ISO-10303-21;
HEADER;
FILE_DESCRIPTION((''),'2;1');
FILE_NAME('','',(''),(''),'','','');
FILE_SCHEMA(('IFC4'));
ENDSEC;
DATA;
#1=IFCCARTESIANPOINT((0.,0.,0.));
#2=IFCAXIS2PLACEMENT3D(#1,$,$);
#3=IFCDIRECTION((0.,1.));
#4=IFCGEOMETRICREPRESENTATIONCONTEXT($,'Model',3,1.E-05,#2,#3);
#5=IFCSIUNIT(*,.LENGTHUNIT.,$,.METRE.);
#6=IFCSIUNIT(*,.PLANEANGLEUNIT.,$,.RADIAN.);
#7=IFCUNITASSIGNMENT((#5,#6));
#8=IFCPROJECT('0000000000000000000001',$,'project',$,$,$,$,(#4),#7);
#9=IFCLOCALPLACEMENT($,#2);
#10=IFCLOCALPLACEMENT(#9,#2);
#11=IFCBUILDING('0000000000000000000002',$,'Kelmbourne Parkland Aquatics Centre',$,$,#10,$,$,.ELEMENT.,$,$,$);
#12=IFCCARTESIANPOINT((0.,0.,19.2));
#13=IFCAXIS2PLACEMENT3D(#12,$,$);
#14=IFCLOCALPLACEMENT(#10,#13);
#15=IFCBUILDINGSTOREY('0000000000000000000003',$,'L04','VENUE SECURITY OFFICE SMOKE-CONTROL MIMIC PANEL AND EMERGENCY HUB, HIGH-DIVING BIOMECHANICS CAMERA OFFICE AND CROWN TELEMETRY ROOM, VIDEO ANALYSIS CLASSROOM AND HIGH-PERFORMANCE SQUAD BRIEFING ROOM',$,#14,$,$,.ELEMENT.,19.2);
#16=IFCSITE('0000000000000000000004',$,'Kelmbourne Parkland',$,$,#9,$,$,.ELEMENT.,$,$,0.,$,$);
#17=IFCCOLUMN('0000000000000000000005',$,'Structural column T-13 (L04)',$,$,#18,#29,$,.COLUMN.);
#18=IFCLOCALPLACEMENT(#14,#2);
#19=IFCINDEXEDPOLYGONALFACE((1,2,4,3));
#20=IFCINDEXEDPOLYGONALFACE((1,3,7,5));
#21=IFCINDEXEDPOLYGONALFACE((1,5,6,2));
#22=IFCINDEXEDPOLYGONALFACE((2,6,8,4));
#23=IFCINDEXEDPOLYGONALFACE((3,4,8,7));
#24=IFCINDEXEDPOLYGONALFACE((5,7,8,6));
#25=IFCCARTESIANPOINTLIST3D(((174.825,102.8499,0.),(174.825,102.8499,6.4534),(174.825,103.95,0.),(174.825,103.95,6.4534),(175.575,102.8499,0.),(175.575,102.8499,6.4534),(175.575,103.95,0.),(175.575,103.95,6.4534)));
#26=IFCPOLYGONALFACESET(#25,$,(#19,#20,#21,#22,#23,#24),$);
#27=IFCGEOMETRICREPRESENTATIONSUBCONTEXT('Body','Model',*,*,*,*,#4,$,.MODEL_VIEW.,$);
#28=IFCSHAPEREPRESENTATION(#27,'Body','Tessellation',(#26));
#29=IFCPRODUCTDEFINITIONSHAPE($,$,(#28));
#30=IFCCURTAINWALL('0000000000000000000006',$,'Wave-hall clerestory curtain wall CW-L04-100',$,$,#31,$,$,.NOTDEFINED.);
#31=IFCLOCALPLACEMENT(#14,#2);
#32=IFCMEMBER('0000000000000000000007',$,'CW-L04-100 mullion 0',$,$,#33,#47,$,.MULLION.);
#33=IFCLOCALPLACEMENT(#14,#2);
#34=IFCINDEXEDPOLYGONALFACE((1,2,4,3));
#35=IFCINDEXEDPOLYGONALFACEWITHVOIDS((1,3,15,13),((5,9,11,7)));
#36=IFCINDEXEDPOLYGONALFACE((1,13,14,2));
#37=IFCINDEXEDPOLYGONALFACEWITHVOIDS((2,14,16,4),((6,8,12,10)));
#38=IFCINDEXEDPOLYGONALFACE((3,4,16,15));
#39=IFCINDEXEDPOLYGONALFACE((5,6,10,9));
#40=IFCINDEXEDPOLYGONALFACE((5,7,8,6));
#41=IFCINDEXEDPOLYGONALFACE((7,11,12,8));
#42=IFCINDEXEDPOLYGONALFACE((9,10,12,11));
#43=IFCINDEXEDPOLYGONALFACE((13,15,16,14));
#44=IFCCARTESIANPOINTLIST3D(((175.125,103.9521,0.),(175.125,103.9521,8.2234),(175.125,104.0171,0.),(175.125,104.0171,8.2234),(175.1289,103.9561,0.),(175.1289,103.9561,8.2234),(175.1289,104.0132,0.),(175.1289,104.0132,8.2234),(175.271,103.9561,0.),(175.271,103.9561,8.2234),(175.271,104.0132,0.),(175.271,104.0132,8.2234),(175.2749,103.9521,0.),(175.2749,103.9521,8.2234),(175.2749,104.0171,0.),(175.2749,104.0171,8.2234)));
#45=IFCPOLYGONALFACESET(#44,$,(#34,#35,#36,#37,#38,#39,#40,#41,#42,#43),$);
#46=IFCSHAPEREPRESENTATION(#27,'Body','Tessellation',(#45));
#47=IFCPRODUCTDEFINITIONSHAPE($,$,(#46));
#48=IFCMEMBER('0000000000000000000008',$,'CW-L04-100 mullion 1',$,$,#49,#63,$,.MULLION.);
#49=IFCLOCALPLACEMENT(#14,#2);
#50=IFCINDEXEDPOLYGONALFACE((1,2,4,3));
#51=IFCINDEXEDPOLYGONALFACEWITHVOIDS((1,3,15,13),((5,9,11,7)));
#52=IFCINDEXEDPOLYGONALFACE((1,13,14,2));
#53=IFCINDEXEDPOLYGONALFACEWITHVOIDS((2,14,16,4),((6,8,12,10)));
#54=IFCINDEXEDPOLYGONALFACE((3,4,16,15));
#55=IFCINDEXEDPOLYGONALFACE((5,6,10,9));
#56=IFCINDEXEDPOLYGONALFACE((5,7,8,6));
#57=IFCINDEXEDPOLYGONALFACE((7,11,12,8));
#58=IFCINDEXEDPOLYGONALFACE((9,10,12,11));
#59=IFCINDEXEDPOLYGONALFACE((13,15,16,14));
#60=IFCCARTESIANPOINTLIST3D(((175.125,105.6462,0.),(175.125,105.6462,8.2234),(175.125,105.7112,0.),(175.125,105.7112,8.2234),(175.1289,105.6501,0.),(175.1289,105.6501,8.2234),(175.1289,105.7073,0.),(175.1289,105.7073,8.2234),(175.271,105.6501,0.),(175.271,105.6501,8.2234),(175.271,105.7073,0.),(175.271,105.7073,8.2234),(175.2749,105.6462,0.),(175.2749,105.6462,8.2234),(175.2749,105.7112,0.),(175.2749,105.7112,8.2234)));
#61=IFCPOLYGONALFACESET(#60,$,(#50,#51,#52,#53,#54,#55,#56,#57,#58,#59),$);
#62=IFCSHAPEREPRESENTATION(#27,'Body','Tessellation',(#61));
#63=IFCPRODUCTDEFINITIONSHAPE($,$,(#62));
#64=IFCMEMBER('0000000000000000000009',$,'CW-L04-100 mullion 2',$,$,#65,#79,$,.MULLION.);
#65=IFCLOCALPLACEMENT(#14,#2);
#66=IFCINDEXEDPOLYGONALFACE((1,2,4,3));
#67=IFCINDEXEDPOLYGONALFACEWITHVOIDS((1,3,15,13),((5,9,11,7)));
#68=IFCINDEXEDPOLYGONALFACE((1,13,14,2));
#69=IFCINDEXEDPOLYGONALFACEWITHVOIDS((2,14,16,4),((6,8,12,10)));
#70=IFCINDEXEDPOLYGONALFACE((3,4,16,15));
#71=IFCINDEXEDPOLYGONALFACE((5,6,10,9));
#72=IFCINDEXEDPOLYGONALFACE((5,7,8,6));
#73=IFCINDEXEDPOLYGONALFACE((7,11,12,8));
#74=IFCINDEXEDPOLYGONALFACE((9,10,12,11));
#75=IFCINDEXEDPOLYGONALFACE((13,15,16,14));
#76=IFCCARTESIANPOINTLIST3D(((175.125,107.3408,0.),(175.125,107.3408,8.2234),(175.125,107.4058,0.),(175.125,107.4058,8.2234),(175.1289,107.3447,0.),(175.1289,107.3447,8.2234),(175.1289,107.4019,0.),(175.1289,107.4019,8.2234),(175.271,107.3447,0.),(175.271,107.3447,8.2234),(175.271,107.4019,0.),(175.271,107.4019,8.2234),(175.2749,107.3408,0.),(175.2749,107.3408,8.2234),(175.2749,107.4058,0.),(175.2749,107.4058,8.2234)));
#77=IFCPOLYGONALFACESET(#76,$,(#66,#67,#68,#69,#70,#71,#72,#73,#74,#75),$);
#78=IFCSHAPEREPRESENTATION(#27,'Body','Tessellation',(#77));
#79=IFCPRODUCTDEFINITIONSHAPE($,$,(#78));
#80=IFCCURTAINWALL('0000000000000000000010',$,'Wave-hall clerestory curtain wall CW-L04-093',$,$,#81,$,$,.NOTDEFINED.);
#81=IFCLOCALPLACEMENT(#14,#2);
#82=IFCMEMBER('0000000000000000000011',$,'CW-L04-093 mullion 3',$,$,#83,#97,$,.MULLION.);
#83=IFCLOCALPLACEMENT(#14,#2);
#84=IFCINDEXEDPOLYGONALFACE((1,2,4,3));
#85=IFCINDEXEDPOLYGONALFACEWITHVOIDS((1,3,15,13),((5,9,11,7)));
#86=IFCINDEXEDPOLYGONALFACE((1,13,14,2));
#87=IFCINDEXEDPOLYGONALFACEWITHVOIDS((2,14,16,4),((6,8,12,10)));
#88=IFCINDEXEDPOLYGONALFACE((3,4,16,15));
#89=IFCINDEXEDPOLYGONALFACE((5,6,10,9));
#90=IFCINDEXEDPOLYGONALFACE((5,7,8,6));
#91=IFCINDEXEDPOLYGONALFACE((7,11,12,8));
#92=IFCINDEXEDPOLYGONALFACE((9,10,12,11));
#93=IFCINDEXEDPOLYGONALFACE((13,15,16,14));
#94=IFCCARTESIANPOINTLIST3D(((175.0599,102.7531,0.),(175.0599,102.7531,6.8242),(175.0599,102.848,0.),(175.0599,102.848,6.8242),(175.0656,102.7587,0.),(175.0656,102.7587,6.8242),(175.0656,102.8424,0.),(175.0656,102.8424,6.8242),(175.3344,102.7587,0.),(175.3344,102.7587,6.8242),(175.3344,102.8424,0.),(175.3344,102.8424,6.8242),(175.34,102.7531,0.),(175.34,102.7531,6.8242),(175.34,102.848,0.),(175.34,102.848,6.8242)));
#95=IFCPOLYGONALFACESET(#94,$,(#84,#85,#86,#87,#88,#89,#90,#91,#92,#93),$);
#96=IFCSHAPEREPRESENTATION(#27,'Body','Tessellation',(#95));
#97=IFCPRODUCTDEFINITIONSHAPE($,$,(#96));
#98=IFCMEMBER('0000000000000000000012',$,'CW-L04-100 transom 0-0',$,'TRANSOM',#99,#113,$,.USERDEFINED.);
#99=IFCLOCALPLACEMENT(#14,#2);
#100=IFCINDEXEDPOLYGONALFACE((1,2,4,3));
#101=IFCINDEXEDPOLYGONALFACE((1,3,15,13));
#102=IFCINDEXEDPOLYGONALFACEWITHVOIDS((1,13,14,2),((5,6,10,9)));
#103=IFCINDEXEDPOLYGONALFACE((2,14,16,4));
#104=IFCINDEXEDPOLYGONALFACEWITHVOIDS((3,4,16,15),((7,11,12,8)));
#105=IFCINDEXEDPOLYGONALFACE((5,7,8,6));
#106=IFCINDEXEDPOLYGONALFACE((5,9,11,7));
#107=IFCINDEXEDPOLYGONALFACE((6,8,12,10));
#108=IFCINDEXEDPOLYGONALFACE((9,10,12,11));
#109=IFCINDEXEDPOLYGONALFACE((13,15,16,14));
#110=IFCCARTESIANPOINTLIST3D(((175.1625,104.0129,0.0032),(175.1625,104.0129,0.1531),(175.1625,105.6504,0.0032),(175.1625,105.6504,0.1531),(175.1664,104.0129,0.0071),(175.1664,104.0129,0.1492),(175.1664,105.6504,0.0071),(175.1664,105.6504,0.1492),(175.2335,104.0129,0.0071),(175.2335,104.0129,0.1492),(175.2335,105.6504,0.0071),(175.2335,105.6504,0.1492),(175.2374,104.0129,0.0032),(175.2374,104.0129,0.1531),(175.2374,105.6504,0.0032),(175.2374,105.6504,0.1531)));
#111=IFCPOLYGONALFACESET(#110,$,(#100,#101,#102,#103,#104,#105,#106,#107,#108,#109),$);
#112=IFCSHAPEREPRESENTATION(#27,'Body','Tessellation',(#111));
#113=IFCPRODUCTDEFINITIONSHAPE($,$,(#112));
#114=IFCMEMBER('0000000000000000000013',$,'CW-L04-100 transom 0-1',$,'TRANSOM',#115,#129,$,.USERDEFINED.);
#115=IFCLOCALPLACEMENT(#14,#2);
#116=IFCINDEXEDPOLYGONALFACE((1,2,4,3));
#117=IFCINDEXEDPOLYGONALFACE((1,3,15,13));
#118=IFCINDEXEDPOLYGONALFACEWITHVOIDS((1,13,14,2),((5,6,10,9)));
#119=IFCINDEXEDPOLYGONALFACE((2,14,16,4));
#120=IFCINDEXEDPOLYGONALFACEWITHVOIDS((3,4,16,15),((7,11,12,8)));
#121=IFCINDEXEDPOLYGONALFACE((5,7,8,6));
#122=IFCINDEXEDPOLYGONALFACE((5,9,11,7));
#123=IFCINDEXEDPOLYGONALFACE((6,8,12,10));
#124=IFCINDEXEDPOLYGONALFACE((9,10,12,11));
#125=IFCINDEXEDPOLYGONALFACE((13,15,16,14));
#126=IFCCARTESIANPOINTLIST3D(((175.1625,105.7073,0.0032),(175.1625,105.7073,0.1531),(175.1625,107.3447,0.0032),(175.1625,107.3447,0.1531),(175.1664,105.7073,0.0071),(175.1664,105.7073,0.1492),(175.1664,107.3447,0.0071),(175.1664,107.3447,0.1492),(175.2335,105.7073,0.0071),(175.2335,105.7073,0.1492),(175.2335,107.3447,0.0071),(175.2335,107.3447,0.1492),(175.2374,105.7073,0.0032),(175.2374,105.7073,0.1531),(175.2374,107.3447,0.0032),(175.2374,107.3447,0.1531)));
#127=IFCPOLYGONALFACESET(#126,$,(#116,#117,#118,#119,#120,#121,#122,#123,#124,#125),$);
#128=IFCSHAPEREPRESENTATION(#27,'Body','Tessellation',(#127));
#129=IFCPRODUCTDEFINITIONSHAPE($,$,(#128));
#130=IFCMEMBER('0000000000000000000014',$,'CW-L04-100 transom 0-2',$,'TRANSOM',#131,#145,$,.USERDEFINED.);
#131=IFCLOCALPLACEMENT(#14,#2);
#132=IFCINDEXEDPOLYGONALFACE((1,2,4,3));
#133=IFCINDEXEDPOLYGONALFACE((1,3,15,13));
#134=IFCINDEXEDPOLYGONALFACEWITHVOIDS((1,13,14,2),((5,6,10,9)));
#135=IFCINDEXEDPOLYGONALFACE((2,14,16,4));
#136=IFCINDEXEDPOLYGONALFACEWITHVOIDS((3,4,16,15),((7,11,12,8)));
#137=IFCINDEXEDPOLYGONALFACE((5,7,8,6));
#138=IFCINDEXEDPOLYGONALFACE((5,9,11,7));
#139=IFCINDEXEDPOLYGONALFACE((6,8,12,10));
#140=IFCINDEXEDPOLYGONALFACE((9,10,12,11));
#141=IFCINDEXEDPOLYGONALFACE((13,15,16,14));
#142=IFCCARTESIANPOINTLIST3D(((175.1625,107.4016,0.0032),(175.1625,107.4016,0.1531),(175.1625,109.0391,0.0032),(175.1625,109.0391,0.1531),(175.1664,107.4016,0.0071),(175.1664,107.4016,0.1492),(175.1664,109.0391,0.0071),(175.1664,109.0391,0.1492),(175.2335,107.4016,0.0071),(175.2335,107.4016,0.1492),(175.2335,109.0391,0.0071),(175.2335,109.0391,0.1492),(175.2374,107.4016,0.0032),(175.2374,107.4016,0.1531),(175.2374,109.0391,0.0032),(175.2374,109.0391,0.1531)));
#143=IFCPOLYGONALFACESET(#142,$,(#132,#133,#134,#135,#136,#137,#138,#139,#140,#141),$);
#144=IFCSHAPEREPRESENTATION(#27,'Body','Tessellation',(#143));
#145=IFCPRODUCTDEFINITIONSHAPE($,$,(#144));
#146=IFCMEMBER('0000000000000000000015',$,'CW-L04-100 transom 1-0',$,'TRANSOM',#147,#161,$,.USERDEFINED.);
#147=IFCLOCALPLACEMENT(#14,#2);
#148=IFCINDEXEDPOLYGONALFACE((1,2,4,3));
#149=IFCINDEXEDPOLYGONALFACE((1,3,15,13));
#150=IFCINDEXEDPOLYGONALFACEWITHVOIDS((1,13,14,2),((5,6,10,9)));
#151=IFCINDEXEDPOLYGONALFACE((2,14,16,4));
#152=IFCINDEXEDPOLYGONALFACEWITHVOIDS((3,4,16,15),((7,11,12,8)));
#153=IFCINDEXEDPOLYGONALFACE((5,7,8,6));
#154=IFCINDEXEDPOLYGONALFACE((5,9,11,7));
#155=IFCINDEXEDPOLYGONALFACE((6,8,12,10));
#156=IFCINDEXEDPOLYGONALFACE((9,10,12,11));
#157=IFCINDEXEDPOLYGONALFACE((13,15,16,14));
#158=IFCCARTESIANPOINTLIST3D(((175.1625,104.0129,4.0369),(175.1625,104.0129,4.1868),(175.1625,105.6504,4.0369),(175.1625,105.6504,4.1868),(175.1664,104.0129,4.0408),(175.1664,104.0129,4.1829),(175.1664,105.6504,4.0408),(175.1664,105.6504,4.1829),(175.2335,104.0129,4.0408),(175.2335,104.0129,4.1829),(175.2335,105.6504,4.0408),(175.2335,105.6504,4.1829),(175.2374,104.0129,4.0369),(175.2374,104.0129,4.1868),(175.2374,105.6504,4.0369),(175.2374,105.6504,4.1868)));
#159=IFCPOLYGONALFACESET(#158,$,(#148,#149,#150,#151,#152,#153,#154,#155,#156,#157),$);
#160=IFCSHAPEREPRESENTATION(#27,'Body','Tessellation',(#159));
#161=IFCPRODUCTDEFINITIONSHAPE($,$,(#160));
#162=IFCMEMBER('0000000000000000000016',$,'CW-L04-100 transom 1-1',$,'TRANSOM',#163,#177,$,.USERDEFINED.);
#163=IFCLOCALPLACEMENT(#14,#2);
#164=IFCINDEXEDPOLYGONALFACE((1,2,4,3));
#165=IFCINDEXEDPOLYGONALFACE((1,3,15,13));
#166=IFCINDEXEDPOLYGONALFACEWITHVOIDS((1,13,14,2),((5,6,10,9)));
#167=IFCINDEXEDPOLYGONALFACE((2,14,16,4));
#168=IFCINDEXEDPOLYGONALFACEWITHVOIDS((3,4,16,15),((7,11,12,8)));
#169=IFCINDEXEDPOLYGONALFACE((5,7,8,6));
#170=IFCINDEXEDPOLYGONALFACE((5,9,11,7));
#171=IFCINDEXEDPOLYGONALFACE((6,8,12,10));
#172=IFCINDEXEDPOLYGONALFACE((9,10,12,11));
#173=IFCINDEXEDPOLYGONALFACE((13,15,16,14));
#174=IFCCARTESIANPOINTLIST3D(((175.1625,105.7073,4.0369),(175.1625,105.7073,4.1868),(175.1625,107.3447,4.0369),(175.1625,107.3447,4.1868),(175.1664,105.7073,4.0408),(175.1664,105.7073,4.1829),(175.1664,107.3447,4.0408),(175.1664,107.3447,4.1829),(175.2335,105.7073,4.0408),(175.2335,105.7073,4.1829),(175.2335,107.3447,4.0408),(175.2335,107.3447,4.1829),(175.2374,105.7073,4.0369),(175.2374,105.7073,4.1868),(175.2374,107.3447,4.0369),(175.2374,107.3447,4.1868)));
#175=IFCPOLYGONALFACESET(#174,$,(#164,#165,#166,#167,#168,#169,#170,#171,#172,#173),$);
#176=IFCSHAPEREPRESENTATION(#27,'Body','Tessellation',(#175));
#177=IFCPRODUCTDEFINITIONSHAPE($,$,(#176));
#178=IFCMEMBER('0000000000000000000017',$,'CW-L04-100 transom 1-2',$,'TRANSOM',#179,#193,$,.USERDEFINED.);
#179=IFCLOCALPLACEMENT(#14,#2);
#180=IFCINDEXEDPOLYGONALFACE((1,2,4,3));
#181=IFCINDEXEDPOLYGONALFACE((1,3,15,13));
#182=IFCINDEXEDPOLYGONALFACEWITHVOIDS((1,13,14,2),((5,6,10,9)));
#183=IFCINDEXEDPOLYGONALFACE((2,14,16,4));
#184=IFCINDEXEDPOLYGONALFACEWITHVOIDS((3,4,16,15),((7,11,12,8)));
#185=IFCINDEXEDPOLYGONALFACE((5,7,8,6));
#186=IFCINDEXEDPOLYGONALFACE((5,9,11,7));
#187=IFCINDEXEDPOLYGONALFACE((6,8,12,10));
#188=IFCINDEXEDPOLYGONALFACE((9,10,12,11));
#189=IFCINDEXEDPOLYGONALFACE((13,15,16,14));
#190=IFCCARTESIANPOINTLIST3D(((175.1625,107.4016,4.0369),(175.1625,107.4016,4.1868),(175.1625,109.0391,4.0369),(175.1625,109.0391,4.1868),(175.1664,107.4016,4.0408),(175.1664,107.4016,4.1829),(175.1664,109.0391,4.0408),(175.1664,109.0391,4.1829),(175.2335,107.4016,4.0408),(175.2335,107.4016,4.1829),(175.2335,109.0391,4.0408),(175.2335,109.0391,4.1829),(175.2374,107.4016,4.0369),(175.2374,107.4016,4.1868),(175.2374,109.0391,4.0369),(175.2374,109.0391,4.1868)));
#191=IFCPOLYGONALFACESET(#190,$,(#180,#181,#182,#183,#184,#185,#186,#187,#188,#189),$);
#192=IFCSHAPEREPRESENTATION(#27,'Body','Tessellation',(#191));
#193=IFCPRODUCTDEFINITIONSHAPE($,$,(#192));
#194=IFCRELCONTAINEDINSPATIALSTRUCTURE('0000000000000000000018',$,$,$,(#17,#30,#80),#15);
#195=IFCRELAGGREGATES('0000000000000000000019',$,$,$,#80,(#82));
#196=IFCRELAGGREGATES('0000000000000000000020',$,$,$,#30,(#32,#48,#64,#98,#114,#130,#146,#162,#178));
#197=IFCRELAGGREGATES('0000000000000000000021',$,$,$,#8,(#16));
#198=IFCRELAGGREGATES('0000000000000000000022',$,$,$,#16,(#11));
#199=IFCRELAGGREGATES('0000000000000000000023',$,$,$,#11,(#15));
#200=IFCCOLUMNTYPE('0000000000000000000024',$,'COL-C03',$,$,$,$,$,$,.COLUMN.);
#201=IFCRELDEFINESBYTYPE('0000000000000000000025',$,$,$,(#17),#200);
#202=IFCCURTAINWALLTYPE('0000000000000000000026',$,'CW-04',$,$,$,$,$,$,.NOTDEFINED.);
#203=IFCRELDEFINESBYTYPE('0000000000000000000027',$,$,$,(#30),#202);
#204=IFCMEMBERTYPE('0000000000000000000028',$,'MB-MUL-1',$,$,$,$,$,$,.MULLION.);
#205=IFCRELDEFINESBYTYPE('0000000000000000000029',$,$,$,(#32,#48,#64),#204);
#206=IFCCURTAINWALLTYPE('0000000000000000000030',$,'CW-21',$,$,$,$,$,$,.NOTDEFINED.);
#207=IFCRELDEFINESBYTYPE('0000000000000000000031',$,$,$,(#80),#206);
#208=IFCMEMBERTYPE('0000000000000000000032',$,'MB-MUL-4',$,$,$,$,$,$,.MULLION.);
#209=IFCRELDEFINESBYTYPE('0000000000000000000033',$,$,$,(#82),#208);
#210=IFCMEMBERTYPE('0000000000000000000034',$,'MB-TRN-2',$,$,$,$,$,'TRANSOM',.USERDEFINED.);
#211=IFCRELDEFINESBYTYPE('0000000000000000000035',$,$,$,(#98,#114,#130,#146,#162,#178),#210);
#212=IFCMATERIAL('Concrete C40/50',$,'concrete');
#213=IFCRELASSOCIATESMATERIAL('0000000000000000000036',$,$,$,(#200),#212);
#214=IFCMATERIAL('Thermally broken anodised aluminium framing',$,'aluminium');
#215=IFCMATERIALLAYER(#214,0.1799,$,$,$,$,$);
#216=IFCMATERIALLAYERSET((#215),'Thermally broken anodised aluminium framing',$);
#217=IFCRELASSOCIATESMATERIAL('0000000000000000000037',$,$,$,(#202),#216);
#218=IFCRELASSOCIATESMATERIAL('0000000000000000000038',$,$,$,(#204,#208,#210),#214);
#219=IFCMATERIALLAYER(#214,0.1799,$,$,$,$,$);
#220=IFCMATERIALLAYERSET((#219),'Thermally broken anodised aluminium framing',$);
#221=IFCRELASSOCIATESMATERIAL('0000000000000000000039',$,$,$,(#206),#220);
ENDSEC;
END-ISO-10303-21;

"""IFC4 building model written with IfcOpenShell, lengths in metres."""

from ifc_helpers import new_model, si_unit, direction, frame, origin, origin_2d, place, context, subcontext, project, spatial, rectangle, hollow_rectangle, extrude, material, layer, layer_set, material_profile, profile_set, type_object, element, aggregate, save


model = new_model("IFC4")

# Units and contexts
model_context = context("Model", 3, precision=1e-05, world=origin(), true_north=direction((0.0, 1.0)))
body_context = subcontext(model_context, "Body", "Model", "MODEL_VIEW")
ifc_project = project(units=[si_unit("LENGTHUNIT", "METRE"), si_unit("PLANEANGLEUNIT", "RADIAN")], contexts=[model_context])

# Site, building, storey
site_placement = place(None, origin())
site = spatial("IfcSite", under=ifc_project, at=site_placement, Name="Kelmbourne Parkland", CompositionType="ELEMENT", RefElevation=0.0)
building_placement = place(site_placement, origin())
building = spatial("IfcBuilding", under=site, at=building_placement, Name="Kelmbourne Parkland Aquatics Centre", CompositionType="ELEMENT")
storey_placement = place(building_placement, frame((0.0, 0.0, 19.2)))
storey = spatial("IfcBuildingStorey", under=building, at=storey_placement, Name="L04", Description="VENUE SECURITY OFFICE SMOKE-CONTROL MIMIC PANEL AND EMERGENCY HUB, HIGH-DIVING BIOMECHANICS CAMERA OFFICE AND CROWN TELEMETRY ROOM, VIDEO ANALYSIS CLASSROOM AND HIGH-PERFORMANCE SQUAD BRIEFING ROOM", CompositionType="ELEMENT", Elevation=19.2)

# Column
ifc_material_1 = material(Name="Concrete C40/50", Category="concrete")
ifc_material_profile_1 = material_profile(ifc_material_1, rectangle(XDim=0.75, YDim=1.1001, at=origin_2d()), Name="RC 750x1100")
ifc_profile_set_1 = profile_set([ifc_material_profile_1], Name="Concrete C40/50")
column_type = type_object("IfcColumnType", Name="COL-C03", PredefinedType="COLUMN", material=ifc_profile_set_1)
column_placement = place(storey_placement, frame((175.2, 103.3999, 0.0), z_axis=(0.0, 0.0, 1.0), x_axis=(1.0, 0.0, 0.0)))
element("IfcColumn", 1, at=column_placement, inside=storey, type_object=column_type, Name="Structural column T-13 (L04)", PredefinedType="COLUMN", context=body_context, shape_type="SweptSolid", body=[
    extrude(rectangle(XDim=0.75, YDim=1.1001, at=origin_2d()), origin(), (0.0, 0.0, 1.0), 6.4534),
])

# Curtain wall, members
ifc_material_2 = material(Name="Thermally broken anodised aluminium framing", Category="aluminium")
ifc_layer_1 = layer(ifc_material_2, 0.1799)
ifc_layer_set_1 = layer_set([ifc_layer_1], Name="Thermally broken anodised aluminium framing")
curtain_wall_type_1 = type_object("IfcCurtainWallType", Name="CW-04", PredefinedType="NOTDEFINED", material=ifc_layer_set_1)
curtain_wall_1_placement = place(storey_placement, origin())
curtain_wall_1 = element("IfcCurtainWall", 2, at=curtain_wall_1_placement, inside=storey, type_object=curtain_wall_type_1, Name="Wave-hall clerestory curtain wall CW-L04-100", PredefinedType="NOTDEFINED")
ifc_material_profile_2 = material_profile(ifc_material_2, hollow_rectangle(XDim=0.0649, YDim=0.1499, WallThickness=0.0039, at=origin_2d()), Name="CW-M 65x150")
ifc_profile_set_2 = profile_set([ifc_material_profile_2], Name="Thermally broken anodised aluminium framing")
member_type_1 = type_object("IfcMemberType", Name="MB-MUL-1", PredefinedType="MULLION", material=ifc_profile_set_2)
member_1_placement = place(storey_placement, frame((175.2, 103.9846, 0.0), z_axis=(0.0, 0.0, 1.0), x_axis=(0.0, 1.0, 0.0)))
member_1 = element("IfcMember", 3, at=member_1_placement, type_object=member_type_1, Name="CW-L04-100 mullion 0", PredefinedType="MULLION", context=body_context, shape_type="SweptSolid", body=[
    extrude(hollow_rectangle(XDim=0.0649, YDim=0.1499, WallThickness=0.0039, at=origin_2d()), origin(), (0.0, 0.0, 1.0), 8.2234),
])
member_2_placement = place(storey_placement, frame((175.2, 105.6787, 0.0), z_axis=(0.0, 0.0, 1.0), x_axis=(0.0, 1.0, 0.0)))
member_2 = element("IfcMember", 4, at=member_2_placement, type_object=member_type_1, Name="CW-L04-100 mullion 1", PredefinedType="MULLION", context=body_context, shape_type="SweptSolid", body=[
    extrude(hollow_rectangle(XDim=0.0649, YDim=0.1499, WallThickness=0.0039, at=origin_2d()), origin(), (0.0, 0.0, 1.0), 8.2234),
])
member_3_placement = place(storey_placement, frame((175.2, 107.3733, 0.0), z_axis=(0.0, 0.0, 1.0), x_axis=(0.0, 1.0, 0.0)))
member_3 = element("IfcMember", 5, at=member_3_placement, type_object=member_type_1, Name="CW-L04-100 mullion 2", PredefinedType="MULLION", context=body_context, shape_type="SweptSolid", body=[
    extrude(hollow_rectangle(XDim=0.0649, YDim=0.1499, WallThickness=0.0039, at=origin_2d()), origin(), (0.0, 0.0, 1.0), 8.2234),
])

# Curtain wall, member
ifc_layer_2 = layer(ifc_material_2, 0.1799)
ifc_layer_set_2 = layer_set([ifc_layer_2], Name="Thermally broken anodised aluminium framing")
curtain_wall_type_2 = type_object("IfcCurtainWallType", Name="CW-21", PredefinedType="NOTDEFINED", material=ifc_layer_set_2)
curtain_wall_2_placement = place(storey_placement, origin())
curtain_wall_2 = element("IfcCurtainWall", 6, at=curtain_wall_2_placement, inside=storey, type_object=curtain_wall_type_2, Name="Wave-hall clerestory curtain wall CW-L04-093", PredefinedType="NOTDEFINED")
ifc_material_profile_3 = material_profile(ifc_material_2, hollow_rectangle(XDim=0.095, YDim=0.28, WallThickness=0.0056, at=origin_2d()), Name="CW-M 95x280")
ifc_profile_set_3 = profile_set([ifc_material_profile_3], Name="Thermally broken anodised aluminium framing")
member_type_2 = type_object("IfcMemberType", Name="MB-MUL-4", PredefinedType="MULLION", material=ifc_profile_set_3)
member_4_placement = place(storey_placement, frame((175.2, 102.8005, 0.0), z_axis=(0.0, 0.0, 1.0), x_axis=(0.0, 1.0, 0.0)))
member_4 = element("IfcMember", 7, at=member_4_placement, type_object=member_type_2, Name="CW-L04-093 mullion 3", PredefinedType="MULLION", context=body_context, shape_type="SweptSolid", body=[
    extrude(hollow_rectangle(XDim=0.095, YDim=0.28, WallThickness=0.0056, at=origin_2d()), origin(), (0.0, 0.0, 1.0), 6.8242),
])

# Members
ifc_material_profile_4 = material_profile(ifc_material_2, hollow_rectangle(XDim=0.075, YDim=0.1499, WallThickness=0.0039, at=origin_2d()), Name="CW-T 75x150")
ifc_profile_set_4 = profile_set([ifc_material_profile_4], Name="Thermally broken anodised aluminium framing")
member_type_3 = type_object("IfcMemberType", Name="MB-TRN-2", ElementType="TRANSOM", PredefinedType="USERDEFINED", material=ifc_profile_set_4)
member_5_placement = place(storey_placement, frame((175.2, 104.0129, 0.0781), z_axis=(0.0, 1.0, 0.0), x_axis=(-1.0, 0.0, 0.0)))
member_5 = element("IfcMember", 8, at=member_5_placement, type_object=member_type_3, Name="CW-L04-100 transom 0-0", ObjectType="TRANSOM", PredefinedType="USERDEFINED", context=body_context, shape_type="SweptSolid", body=[
    extrude(hollow_rectangle(XDim=0.075, YDim=0.1499, WallThickness=0.0039, at=origin_2d()), origin(), (0.0, 0.0, 1.0), 1.6375),
])
member_6_placement = place(storey_placement, frame((175.2, 105.7073, 0.0781), z_axis=(0.0, 1.0, 0.0), x_axis=(-1.0, 0.0, 0.0)))
member_6 = element("IfcMember", 9, at=member_6_placement, type_object=member_type_3, Name="CW-L04-100 transom 0-1", ObjectType="TRANSOM", PredefinedType="USERDEFINED", context=body_context, shape_type="SweptSolid", body=[
    extrude(hollow_rectangle(XDim=0.075, YDim=0.1499, WallThickness=0.0039, at=origin_2d()), origin(), (0.0, 0.0, 1.0), 1.6375),
])
member_7_placement = place(storey_placement, frame((175.2, 107.4016, 0.0781), z_axis=(0.0, 1.0, 0.0), x_axis=(-1.0, 0.0, 0.0)))
member_7 = element("IfcMember", 10, at=member_7_placement, type_object=member_type_3, Name="CW-L04-100 transom 0-2", ObjectType="TRANSOM", PredefinedType="USERDEFINED", context=body_context, shape_type="SweptSolid", body=[
    extrude(hollow_rectangle(XDim=0.075, YDim=0.1499, WallThickness=0.0039, at=origin_2d()), origin(), (0.0, 0.0, 1.0), 1.6375),
])
member_8_placement = place(storey_placement, frame((175.2, 104.0129, 4.1118), z_axis=(0.0, 1.0, 0.0), x_axis=(-1.0, 0.0, 0.0)))
member_8 = element("IfcMember", 11, at=member_8_placement, type_object=member_type_3, Name="CW-L04-100 transom 1-0", ObjectType="TRANSOM", PredefinedType="USERDEFINED", context=body_context, shape_type="SweptSolid", body=[
    extrude(hollow_rectangle(XDim=0.075, YDim=0.1499, WallThickness=0.0039, at=origin_2d()), origin(), (0.0, 0.0, 1.0), 1.6375),
])
member_9_placement = place(storey_placement, frame((175.2, 105.7073, 4.1118), z_axis=(0.0, 1.0, 0.0), x_axis=(-1.0, 0.0, 0.0)))
member_9 = element("IfcMember", 12, at=member_9_placement, type_object=member_type_3, Name="CW-L04-100 transom 1-1", ObjectType="TRANSOM", PredefinedType="USERDEFINED", context=body_context, shape_type="SweptSolid", body=[
    extrude(hollow_rectangle(XDim=0.075, YDim=0.1499, WallThickness=0.0039, at=origin_2d()), origin(), (0.0, 0.0, 1.0), 1.6375),
])
member_10_placement = place(storey_placement, frame((175.2, 107.4016, 4.1118), z_axis=(0.0, 1.0, 0.0), x_axis=(-1.0, 0.0, 0.0)))
member_10 = element("IfcMember", 13, at=member_10_placement, type_object=member_type_3, Name="CW-L04-100 transom 1-2", ObjectType="TRANSOM", PredefinedType="USERDEFINED", context=body_context, shape_type="SweptSolid", body=[
    extrude(hollow_rectangle(XDim=0.075, YDim=0.1499, WallThickness=0.0039, at=origin_2d()), origin(), (0.0, 0.0, 1.0), 1.6375),
])

aggregate(curtain_wall_2, [member_4])
aggregate(curtain_wall_1, [member_1, member_2, member_3, member_5, member_6, member_7, member_8, member_9, member_10])

save(model, "model.ifc")
